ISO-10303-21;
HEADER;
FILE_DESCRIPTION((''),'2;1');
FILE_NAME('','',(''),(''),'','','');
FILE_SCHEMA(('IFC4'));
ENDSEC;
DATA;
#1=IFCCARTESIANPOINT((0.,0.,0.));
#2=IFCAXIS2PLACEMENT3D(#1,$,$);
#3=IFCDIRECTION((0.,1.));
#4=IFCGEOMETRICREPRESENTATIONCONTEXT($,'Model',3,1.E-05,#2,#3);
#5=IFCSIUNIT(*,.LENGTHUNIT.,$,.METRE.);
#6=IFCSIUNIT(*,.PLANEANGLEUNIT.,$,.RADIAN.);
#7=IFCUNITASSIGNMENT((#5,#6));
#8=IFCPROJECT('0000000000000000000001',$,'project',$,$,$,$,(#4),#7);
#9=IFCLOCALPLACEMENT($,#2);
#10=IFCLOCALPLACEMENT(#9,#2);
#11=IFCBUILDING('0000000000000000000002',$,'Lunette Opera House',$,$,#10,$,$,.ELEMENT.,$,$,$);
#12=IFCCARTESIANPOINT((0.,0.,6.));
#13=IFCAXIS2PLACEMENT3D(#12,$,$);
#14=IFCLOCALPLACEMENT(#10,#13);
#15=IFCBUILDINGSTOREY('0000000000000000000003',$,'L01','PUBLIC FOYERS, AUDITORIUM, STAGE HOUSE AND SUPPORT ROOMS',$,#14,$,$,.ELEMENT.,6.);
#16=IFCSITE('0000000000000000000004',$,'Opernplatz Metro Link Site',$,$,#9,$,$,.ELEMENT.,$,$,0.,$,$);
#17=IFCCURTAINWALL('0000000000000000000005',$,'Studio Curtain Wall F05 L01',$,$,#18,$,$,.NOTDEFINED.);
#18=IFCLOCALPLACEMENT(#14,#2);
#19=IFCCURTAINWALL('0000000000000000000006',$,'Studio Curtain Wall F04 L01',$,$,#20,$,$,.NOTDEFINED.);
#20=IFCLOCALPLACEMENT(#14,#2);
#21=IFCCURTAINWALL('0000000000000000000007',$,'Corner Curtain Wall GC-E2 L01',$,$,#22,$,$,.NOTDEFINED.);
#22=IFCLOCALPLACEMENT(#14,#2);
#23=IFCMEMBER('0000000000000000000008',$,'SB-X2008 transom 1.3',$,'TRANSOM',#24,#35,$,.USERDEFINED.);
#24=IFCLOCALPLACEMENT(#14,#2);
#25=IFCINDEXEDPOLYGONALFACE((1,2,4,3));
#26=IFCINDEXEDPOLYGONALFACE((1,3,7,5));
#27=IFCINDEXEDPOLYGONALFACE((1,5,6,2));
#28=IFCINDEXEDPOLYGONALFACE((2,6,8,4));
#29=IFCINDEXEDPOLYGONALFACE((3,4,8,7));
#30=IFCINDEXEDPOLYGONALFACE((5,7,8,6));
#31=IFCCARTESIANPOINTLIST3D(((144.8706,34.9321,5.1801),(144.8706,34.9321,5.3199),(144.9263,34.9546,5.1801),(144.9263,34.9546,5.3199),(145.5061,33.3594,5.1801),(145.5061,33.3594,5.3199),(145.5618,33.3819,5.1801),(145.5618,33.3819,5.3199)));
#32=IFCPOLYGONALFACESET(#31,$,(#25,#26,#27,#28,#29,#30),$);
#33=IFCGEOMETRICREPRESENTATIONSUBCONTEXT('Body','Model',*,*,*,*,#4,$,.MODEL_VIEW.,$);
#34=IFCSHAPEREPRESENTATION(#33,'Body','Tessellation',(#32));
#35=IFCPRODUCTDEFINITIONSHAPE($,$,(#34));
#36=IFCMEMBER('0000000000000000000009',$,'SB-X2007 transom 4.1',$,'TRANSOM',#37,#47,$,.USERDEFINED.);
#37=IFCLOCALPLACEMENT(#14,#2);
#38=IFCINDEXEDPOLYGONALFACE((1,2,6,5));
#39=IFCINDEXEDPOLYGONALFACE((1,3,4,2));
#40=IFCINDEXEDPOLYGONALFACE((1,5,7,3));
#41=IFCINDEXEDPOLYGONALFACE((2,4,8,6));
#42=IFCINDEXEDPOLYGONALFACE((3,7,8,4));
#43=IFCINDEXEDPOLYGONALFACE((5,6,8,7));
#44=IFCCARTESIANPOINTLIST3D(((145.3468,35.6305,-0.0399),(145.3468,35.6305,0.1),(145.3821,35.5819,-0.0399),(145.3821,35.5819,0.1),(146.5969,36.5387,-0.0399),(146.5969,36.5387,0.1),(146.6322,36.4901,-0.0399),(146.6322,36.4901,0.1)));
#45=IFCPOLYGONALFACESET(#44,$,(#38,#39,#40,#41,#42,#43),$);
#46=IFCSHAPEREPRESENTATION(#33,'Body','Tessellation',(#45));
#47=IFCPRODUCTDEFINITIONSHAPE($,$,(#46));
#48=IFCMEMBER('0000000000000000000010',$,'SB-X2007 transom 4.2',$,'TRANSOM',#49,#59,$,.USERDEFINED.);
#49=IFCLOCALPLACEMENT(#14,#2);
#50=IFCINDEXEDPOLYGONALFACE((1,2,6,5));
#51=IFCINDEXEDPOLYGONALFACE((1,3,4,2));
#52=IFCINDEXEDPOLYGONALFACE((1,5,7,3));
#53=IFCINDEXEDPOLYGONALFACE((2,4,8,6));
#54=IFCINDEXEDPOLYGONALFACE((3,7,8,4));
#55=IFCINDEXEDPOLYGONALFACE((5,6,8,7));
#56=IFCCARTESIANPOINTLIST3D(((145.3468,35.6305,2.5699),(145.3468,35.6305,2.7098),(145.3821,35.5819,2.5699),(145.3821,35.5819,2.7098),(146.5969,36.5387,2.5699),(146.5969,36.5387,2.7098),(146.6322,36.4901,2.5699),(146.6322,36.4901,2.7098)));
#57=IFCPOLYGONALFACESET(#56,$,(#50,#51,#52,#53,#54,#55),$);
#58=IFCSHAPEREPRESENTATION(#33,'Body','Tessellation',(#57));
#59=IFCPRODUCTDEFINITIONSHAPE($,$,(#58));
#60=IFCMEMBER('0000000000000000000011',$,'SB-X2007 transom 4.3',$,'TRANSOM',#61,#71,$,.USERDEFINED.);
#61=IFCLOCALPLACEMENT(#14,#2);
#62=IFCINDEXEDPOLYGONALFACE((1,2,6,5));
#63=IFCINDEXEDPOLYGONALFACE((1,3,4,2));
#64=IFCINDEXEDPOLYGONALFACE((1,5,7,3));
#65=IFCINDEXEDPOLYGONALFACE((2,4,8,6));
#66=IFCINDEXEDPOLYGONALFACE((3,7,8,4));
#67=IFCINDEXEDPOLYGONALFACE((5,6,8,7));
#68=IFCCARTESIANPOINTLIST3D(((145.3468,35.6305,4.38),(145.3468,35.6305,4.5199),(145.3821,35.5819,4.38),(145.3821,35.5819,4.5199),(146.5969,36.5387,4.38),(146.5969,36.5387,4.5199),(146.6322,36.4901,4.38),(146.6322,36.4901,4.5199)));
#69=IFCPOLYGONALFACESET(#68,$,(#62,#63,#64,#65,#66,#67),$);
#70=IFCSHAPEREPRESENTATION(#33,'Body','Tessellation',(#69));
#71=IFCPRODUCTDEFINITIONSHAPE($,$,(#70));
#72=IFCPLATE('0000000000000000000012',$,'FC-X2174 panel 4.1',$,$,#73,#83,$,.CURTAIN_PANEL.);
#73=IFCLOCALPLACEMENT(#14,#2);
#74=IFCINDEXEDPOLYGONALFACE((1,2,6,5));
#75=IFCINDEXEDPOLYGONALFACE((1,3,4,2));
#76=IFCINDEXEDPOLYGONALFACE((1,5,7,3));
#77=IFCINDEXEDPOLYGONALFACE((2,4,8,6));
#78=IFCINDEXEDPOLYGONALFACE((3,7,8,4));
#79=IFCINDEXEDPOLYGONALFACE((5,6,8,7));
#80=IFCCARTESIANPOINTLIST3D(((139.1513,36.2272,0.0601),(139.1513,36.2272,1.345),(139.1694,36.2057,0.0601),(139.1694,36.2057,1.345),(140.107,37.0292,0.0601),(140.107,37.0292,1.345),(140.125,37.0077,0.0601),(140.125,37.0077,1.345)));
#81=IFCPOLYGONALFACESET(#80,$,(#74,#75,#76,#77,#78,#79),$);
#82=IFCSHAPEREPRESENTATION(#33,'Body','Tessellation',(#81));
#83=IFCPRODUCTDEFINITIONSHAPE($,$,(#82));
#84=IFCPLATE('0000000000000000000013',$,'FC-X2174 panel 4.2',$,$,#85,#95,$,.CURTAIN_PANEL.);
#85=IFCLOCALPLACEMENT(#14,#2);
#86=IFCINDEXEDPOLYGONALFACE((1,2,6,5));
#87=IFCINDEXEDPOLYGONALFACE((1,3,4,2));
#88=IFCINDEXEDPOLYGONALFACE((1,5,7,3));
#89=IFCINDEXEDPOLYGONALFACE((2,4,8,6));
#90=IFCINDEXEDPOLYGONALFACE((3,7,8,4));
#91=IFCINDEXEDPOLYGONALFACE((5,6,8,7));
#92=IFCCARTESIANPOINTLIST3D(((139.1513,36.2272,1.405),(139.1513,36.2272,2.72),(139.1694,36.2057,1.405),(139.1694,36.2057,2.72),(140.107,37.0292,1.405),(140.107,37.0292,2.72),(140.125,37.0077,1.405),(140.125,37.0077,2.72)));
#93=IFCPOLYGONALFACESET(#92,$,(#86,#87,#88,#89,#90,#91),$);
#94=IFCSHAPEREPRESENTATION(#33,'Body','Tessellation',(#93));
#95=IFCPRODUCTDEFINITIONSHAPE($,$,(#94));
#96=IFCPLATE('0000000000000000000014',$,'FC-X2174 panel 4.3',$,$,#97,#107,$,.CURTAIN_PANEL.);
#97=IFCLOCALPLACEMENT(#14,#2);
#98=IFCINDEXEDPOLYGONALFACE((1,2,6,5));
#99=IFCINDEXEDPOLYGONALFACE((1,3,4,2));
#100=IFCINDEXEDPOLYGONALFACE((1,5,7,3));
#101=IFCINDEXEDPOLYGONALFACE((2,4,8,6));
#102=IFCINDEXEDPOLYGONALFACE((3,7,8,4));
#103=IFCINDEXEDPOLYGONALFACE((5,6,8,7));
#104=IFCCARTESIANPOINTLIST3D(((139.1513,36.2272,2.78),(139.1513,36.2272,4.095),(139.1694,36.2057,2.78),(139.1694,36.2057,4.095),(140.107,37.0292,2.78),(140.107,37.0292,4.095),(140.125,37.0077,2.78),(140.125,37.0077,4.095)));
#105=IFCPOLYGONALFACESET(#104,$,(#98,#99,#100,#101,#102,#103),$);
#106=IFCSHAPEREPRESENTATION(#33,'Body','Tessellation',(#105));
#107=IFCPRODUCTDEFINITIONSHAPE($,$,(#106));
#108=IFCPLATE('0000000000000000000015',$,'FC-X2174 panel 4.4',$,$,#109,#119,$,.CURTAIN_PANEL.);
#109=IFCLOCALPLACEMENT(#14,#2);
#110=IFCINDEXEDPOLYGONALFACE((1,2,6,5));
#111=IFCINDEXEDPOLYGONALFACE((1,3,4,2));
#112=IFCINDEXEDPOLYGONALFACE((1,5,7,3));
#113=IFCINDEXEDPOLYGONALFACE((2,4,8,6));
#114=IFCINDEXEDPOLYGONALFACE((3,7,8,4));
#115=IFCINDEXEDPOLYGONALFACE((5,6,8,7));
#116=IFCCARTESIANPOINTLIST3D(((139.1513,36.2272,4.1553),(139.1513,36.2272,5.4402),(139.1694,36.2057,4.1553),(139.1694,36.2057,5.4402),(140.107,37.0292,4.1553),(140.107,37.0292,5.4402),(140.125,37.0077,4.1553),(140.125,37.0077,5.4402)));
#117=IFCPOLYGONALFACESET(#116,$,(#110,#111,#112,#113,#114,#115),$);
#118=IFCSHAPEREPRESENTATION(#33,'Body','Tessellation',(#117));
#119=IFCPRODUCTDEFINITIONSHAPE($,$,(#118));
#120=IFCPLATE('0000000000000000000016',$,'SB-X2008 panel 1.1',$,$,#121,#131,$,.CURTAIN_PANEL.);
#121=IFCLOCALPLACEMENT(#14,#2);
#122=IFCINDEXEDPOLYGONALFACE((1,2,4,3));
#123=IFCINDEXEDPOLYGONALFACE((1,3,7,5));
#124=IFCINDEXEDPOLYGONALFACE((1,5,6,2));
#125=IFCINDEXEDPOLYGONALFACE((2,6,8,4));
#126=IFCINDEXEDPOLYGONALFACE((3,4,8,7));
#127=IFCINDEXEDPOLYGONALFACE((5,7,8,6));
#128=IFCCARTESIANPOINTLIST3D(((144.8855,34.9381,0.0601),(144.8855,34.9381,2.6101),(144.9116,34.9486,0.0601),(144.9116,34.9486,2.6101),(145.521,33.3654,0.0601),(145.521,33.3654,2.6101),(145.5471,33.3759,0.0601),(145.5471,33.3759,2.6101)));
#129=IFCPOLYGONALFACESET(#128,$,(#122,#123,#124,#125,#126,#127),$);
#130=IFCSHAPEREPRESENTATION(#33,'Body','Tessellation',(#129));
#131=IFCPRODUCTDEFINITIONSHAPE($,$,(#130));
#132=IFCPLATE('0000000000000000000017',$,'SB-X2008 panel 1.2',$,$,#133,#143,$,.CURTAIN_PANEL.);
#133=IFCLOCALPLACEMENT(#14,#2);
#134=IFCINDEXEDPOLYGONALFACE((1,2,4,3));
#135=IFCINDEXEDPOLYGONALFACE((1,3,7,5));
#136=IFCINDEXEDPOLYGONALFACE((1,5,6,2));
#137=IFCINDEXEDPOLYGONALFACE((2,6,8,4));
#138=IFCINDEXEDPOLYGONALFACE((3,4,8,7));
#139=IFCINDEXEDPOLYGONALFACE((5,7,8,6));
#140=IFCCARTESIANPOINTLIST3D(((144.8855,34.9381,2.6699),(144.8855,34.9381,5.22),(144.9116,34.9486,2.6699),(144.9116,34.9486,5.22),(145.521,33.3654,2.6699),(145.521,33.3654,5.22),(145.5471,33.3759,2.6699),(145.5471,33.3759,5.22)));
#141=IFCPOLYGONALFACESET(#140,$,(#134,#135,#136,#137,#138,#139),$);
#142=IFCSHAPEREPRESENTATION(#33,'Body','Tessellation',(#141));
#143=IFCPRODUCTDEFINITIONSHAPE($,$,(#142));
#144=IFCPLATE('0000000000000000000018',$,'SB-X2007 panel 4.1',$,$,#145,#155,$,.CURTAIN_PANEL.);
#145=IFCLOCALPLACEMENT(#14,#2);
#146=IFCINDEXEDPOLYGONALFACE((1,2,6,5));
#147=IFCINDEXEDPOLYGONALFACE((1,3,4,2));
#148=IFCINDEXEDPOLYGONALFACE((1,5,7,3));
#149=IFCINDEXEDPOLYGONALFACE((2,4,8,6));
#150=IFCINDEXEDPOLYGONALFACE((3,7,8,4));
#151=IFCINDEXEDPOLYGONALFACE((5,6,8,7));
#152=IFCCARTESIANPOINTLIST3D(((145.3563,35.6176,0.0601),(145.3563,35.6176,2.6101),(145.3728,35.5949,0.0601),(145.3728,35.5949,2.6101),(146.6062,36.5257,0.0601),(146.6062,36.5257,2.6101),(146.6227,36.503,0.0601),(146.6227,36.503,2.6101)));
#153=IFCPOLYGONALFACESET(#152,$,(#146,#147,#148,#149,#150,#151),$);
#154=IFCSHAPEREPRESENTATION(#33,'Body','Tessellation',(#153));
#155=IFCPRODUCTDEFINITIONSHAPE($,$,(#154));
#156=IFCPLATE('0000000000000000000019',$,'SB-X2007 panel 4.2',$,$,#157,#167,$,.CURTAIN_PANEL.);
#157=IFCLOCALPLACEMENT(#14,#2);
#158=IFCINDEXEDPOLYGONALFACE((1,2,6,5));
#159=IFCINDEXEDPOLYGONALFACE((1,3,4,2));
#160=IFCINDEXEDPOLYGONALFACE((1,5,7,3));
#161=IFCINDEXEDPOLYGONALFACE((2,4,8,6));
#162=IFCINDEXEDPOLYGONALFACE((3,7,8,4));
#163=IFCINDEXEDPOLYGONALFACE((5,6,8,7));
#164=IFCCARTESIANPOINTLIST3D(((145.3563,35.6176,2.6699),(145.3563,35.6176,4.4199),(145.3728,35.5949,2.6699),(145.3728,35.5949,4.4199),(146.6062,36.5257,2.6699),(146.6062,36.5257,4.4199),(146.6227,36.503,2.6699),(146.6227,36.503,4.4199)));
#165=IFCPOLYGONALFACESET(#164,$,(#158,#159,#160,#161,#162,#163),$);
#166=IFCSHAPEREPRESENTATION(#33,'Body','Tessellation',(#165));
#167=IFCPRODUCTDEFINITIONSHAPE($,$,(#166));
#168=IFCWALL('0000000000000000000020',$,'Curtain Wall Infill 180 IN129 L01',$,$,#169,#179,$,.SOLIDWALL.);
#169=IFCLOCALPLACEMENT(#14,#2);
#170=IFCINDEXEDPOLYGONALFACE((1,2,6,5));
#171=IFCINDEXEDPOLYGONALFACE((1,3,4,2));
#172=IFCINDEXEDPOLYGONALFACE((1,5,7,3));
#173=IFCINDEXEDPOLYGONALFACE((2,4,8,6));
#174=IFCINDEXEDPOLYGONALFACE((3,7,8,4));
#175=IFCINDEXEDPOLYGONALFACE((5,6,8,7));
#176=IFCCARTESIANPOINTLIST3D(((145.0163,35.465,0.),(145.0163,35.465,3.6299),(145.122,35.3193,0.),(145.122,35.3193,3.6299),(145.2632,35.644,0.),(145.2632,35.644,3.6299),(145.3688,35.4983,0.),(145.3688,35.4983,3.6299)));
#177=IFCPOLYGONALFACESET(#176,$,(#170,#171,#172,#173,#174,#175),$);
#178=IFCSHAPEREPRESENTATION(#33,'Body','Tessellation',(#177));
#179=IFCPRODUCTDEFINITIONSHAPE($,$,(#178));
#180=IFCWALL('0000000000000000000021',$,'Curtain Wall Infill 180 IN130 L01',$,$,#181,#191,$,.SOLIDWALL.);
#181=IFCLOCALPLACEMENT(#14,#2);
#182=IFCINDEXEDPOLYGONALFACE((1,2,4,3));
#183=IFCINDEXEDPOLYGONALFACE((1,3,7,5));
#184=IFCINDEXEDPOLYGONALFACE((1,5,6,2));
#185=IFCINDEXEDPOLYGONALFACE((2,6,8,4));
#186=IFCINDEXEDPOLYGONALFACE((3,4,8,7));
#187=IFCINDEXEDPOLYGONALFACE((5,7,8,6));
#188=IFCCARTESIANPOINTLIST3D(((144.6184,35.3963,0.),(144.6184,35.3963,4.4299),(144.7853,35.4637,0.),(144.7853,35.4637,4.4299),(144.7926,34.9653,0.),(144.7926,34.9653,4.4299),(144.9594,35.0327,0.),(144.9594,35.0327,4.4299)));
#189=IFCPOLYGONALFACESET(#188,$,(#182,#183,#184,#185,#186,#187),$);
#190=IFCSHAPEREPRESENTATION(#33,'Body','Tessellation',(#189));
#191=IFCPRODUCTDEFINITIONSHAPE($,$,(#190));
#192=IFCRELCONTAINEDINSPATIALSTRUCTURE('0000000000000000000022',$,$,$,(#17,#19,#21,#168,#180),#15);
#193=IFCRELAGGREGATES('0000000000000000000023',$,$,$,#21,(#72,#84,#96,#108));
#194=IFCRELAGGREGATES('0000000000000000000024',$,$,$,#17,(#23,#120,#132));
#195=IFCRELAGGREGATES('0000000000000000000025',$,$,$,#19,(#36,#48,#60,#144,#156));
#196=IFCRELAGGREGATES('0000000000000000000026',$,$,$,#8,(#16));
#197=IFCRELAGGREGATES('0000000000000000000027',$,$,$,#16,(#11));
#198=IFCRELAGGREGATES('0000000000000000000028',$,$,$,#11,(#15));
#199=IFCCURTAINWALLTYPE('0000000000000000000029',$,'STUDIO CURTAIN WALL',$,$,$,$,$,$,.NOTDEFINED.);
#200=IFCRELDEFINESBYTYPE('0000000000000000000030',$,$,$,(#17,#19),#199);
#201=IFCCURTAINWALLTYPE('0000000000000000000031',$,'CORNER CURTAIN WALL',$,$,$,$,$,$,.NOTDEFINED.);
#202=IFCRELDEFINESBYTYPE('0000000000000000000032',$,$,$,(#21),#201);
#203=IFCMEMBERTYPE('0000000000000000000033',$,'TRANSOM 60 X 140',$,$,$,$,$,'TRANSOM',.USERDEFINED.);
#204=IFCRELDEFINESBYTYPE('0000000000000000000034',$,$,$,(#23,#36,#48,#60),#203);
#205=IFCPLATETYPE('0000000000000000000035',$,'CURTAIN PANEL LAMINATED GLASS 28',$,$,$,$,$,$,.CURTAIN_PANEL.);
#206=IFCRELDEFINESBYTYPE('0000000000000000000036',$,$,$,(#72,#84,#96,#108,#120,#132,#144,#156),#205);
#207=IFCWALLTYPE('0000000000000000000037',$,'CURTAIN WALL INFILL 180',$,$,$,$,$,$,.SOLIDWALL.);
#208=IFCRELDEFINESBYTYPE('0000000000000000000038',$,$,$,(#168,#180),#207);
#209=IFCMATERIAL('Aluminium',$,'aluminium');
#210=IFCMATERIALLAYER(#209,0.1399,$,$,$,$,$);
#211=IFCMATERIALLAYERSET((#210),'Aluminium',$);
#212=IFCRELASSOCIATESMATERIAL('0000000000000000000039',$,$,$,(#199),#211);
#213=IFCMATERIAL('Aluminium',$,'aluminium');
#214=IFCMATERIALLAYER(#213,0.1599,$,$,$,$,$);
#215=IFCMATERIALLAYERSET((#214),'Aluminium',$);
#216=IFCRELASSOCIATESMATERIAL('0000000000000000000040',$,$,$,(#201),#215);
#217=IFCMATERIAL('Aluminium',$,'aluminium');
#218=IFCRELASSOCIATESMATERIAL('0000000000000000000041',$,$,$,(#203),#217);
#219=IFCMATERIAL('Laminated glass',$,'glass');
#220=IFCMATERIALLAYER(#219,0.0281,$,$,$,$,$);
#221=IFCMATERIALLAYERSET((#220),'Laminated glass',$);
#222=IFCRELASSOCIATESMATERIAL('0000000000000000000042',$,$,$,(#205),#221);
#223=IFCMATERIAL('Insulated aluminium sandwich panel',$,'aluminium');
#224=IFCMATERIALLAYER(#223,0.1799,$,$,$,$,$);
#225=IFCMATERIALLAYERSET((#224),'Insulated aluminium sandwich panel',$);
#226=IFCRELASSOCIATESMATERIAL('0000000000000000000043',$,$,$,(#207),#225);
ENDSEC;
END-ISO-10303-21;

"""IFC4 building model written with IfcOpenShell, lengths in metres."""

from ifc_helpers import new_model, si_unit, direction, frame, frame_2d, origin, origin_2d, place, context, subcontext, project, spatial, rectangle, extrude, material, layer, layer_set, material_profile, profile_set, type_object, element, aggregate, save


model = new_model("IFC4")

# Units and contexts
model_context = context("Model", 3, precision=1e-05, world=origin(), true_north=direction((0.0, 1.0)))
body_context = subcontext(model_context, "Body", "Model", "MODEL_VIEW")
ifc_project = project(units=[si_unit("LENGTHUNIT", "METRE"), si_unit("PLANEANGLEUNIT", "RADIAN")], contexts=[model_context])

# Site, building, storey
site_placement = place(None, origin())
site = spatial("IfcSite", under=ifc_project, at=site_placement, Name="Opernplatz Metro Link Site", CompositionType="ELEMENT", RefElevation=0.0)
building_placement = place(site_placement, origin())
building = spatial("IfcBuilding", under=site, at=building_placement, Name="Lunette Opera House", CompositionType="ELEMENT")
storey_placement = place(building_placement, frame((0.0, 0.0, 6.0)))
storey = spatial("IfcBuildingStorey", under=building, at=storey_placement, Name="L01", Description="PUBLIC FOYERS, AUDITORIUM, STAGE HOUSE AND SUPPORT ROOMS", CompositionType="ELEMENT", Elevation=6.0)

# Curtain wall
ifc_material_1 = material(Name="Aluminium", Category="aluminium")
ifc_layer_1 = layer(ifc_material_1, 0.1399)
ifc_layer_set_1 = layer_set([ifc_layer_1], Name="Aluminium")
curtain_wall_type_1 = type_object("IfcCurtainWallType", Name="STUDIO CURTAIN WALL", PredefinedType="NOTDEFINED", material=ifc_layer_set_1)
curtain_wall_1_placement = place(storey_placement, origin())
curtain_wall_1 = element("IfcCurtainWall", 1, at=curtain_wall_1_placement, inside=storey, type_object=curtain_wall_type_1, Name="Studio Curtain Wall F05 L01", PredefinedType="NOTDEFINED")

# Curtain wall
curtain_wall_2_placement = place(storey_placement, origin())
curtain_wall_2 = element("IfcCurtainWall", 2, at=curtain_wall_2_placement, inside=storey, type_object=curtain_wall_type_1, Name="Studio Curtain Wall F04 L01", PredefinedType="NOTDEFINED")

# Curtain wall
ifc_material_2 = material(Name="Aluminium", Category="aluminium")
ifc_layer_2 = layer(ifc_material_2, 0.1599)
ifc_layer_set_2 = layer_set([ifc_layer_2], Name="Aluminium")
curtain_wall_type_2 = type_object("IfcCurtainWallType", Name="CORNER CURTAIN WALL", PredefinedType="NOTDEFINED", material=ifc_layer_set_2)
curtain_wall_3_placement = place(storey_placement, origin())
curtain_wall_3 = element("IfcCurtainWall", 3, at=curtain_wall_3_placement, inside=storey, type_object=curtain_wall_type_2, Name="Corner Curtain Wall GC-E2 L01", PredefinedType="NOTDEFINED")

# Members
ifc_material_3 = material(Name="Aluminium", Category="aluminium")
ifc_material_profile_1 = material_profile(ifc_material_3, rectangle(XDim=0.0601, YDim=0.1399, at=origin_2d()), Name="TRANSOM 60 X 140")
ifc_profile_set_1 = profile_set([ifc_material_profile_1], Name="Aluminium")
member_type_1 = type_object("IfcMemberType", Name="TRANSOM 60 X 140", ElementType="TRANSOM", PredefinedType="USERDEFINED", material=ifc_profile_set_1)
member_1_placement = place(storey_placement, frame((144.8984, 34.9434, 5.25), z_axis=(0.374639, -0.927171, 0.0), x_axis=(0.927171, 0.374639, 0.0)))
member_1 = element("IfcMember", 4, at=member_1_placement, type_object=member_type_1, Name="SB-X2008 transom 1.3", ObjectType="TRANSOM", PredefinedType="USERDEFINED", context=body_context, shape_type="SweptSolid", body=[
    extrude(rectangle(XDim=0.0601, YDim=0.1399, at=origin_2d()), origin(), (0.0, 0.0, 1.0), 1.6963),
])
member_2_placement = place(storey_placement, frame((146.6145, 36.5144, 0.03), z_axis=(-0.809009, -0.587796, 0.0), x_axis=(0.587796, -0.809009, 0.0)))
member_2 = element("IfcMember", 5, at=member_2_placement, type_object=member_type_1, Name="SB-X2007 transom 4.1", ObjectType="TRANSOM", PredefinedType="USERDEFINED", context=body_context, shape_type="SweptSolid", body=[
    extrude(rectangle(XDim=0.0601, YDim=0.1399, at=origin_2d()), origin(), (0.0, 0.0, 1.0), 1.5452),
])
member_3_placement = place(storey_placement, frame((146.6145, 36.5144, 2.6399), z_axis=(-0.809009, -0.587796, 0.0), x_axis=(0.587796, -0.809009, 0.0)))
member_3 = element("IfcMember", 6, at=member_3_placement, type_object=member_type_1, Name="SB-X2007 transom 4.2", ObjectType="TRANSOM", PredefinedType="USERDEFINED", context=body_context, shape_type="SweptSolid", body=[
    extrude(rectangle(XDim=0.0601, YDim=0.1399, at=origin_2d()), origin(), (0.0, 0.0, 1.0), 1.5452),
])
member_4_placement = place(storey_placement, frame((146.6145, 36.5144, 4.45), z_axis=(-0.809009, -0.587796, 0.0), x_axis=(0.587796, -0.809009, 0.0)))
member_4 = element("IfcMember", 7, at=member_4_placement, type_object=member_type_1, Name="SB-X2007 transom 4.3", ObjectType="TRANSOM", PredefinedType="USERDEFINED", context=body_context, shape_type="SweptSolid", body=[
    extrude(rectangle(XDim=0.0601, YDim=0.1399, at=origin_2d()), origin(), (0.0, 0.0, 1.0), 1.5452),
])

# Plates
ifc_material_4 = material(Name="Laminated glass", Category="glass")
ifc_layer_3 = layer(ifc_material_4, 0.0281)
ifc_layer_set_3 = layer_set([ifc_layer_3], Name="Laminated glass")
plate_type = type_object("IfcPlateType", Name="CURTAIN PANEL LAMINATED GLASS 28", PredefinedType="CURTAIN_PANEL", material=ifc_layer_set_3)
plate_1_placement = place(storey_placement, frame((139.6382, 36.6174, 0.0601), z_axis=(0.0, 0.0, 1.0), x_axis=(0.76601, 0.642828, 0.0)))
plate_1 = element("IfcPlate", 8, at=plate_1_placement, type_object=plate_type, Name="FC-X2174 panel 4.1", PredefinedType="CURTAIN_PANEL", context=body_context, shape_type="SweptSolid", body=[
    extrude(rectangle(XDim=1.2476, YDim=0.0281, at=origin_2d()), origin(), (0.0, 0.0, 1.0), 1.2849),
])
plate_2_placement = place(storey_placement, frame((139.6382, 36.6174, 1.405), z_axis=(0.0, 0.0, 1.0), x_axis=(0.76601, 0.642828, 0.0)))
plate_2 = element("IfcPlate", 9, at=plate_2_placement, type_object=plate_type, Name="FC-X2174 panel 4.2", PredefinedType="CURTAIN_PANEL", context=body_context, shape_type="SweptSolid", body=[
    extrude(rectangle(XDim=1.2476, YDim=0.0281, at=origin_2d()), origin(), (0.0, 0.0, 1.0), 1.3149),
])
plate_3_placement = place(storey_placement, frame((139.6382, 36.6174, 2.78), z_axis=(0.0, 0.0, 1.0), x_axis=(0.76601, 0.642828, 0.0)))
plate_3 = element("IfcPlate", 10, at=plate_3_placement, type_object=plate_type, Name="FC-X2174 panel 4.3", PredefinedType="CURTAIN_PANEL", context=body_context, shape_type="SweptSolid", body=[
    extrude(rectangle(XDim=1.2476, YDim=0.0281, at=origin_2d()), origin(), (0.0, 0.0, 1.0), 1.3149),
])
plate_4_placement = place(storey_placement, frame((139.6382, 36.6174, 4.1553), z_axis=(0.0, 0.0, 1.0), x_axis=(0.76601, 0.642828, 0.0)))
plate_4 = element("IfcPlate", 11, at=plate_4_placement, type_object=plate_type, Name="FC-X2174 panel 4.4", PredefinedType="CURTAIN_PANEL", context=body_context, shape_type="SweptSolid", body=[
    extrude(rectangle(XDim=1.2476, YDim=0.0281, at=origin_2d()), origin(), (0.0, 0.0, 1.0), 1.2849),
])
aggregate(curtain_wall_3, [plate_1, plate_2, plate_3, plate_4])
plate_5_placement = place(storey_placement, frame((145.2163, 34.157, 0.0601), z_axis=(0.0, 0.0, 1.0), x_axis=(0.374646, -0.927168, 0.0)))
plate_5 = element("IfcPlate", 12, at=plate_5_placement, type_object=plate_type, Name="SB-X2008 panel 1.1", PredefinedType="CURTAIN_PANEL", context=body_context, shape_type="SweptSolid", body=[
    extrude(rectangle(XDim=1.6963, YDim=0.0281, at=origin_2d()), origin(), (0.0, 0.0, 1.0), 2.55),
])
plate_6_placement = place(storey_placement, frame((145.2163, 34.157, 2.6699), z_axis=(0.0, 0.0, 1.0), x_axis=(0.374646, -0.927168, 0.0)))
plate_6 = element("IfcPlate", 13, at=plate_6_placement, type_object=plate_type, Name="SB-X2008 panel 1.2", PredefinedType="CURTAIN_PANEL", context=body_context, shape_type="SweptSolid", body=[
    extrude(rectangle(XDim=1.6963, YDim=0.0281, at=origin_2d()), origin(), (0.0, 0.0, 1.0), 2.55),
])
aggregate(curtain_wall_1, [member_1, plate_5, plate_6])
plate_7_placement = place(storey_placement, frame((145.9895, 36.0603, 0.0601), z_axis=(0.0, 0.0, 1.0), x_axis=(-0.809027, -0.587772, 0.0)))
plate_7 = element("IfcPlate", 14, at=plate_7_placement, type_object=plate_type, Name="SB-X2007 panel 4.1", PredefinedType="CURTAIN_PANEL", context=body_context, shape_type="SweptSolid", body=[
    extrude(rectangle(XDim=1.5449, YDim=0.0281, at=origin_2d()), origin(), (0.0, 0.0, 1.0), 2.55),
])
plate_8_placement = place(storey_placement, frame((145.9895, 36.0603, 2.6699), z_axis=(0.0, 0.0, 1.0), x_axis=(-0.809027, -0.587772, 0.0)))
plate_8 = element("IfcPlate", 15, at=plate_8_placement, type_object=plate_type, Name="SB-X2007 panel 4.2", PredefinedType="CURTAIN_PANEL", context=body_context, shape_type="SweptSolid", body=[
    extrude(rectangle(XDim=1.5449, YDim=0.0281, at=origin_2d()), origin(), (0.0, 0.0, 1.0), 1.75),
])
aggregate(curtain_wall_2, [member_2, member_3, member_4, plate_7, plate_8])

# Walls
ifc_material_5 = material(Name="Insulated aluminium sandwich panel", Category="aluminium")
ifc_layer_4 = layer(ifc_material_5, 0.1799)
ifc_layer_set_4 = layer_set([ifc_layer_4], Name="Insulated aluminium sandwich panel")
wall_type_1 = type_object("IfcWallType", Name="CURTAIN WALL INFILL 180", PredefinedType="SOLIDWALL", material=ifc_layer_set_4)
wall_1_placement = place(storey_placement, frame((145.3159, 35.571, 0.0), z_axis=(0.0, 0.0, 1.0), x_axis=(-0.809601, -0.586981, 0.0)))
element("IfcWall", 16, at=wall_1_placement, inside=storey, type_object=wall_type_1, Name="Curtain Wall Infill 180 IN129 L01", PredefinedType="SOLIDWALL", context=body_context, shape_type="SweptSolid", body=[
    extrude(rectangle(XDim=0.3049, YDim=0.1799, at=frame_2d((0.1523, 0.0))), origin(), (0.0, 0.0, 1.0), 3.6299),
])
wall_2_placement = place(storey_placement, frame((144.876, 34.999, 0.0), z_axis=(0.0, 0.0, 1.0), x_axis=(-0.374559, 0.927203, 0.0)))
element("IfcWall", 17, at=wall_2_placement, inside=storey, type_object=wall_type_1, Name="Curtain Wall Infill 180 IN130 L01", PredefinedType="SOLIDWALL", context=body_context, shape_type="SweptSolid", body=[
    extrude(rectangle(XDim=0.4648, YDim=0.1799, at=frame_2d((0.2324, 0.0))), origin(), (0.0, 0.0, 1.0), 4.4299),
])

save(model, "model.ifc")
